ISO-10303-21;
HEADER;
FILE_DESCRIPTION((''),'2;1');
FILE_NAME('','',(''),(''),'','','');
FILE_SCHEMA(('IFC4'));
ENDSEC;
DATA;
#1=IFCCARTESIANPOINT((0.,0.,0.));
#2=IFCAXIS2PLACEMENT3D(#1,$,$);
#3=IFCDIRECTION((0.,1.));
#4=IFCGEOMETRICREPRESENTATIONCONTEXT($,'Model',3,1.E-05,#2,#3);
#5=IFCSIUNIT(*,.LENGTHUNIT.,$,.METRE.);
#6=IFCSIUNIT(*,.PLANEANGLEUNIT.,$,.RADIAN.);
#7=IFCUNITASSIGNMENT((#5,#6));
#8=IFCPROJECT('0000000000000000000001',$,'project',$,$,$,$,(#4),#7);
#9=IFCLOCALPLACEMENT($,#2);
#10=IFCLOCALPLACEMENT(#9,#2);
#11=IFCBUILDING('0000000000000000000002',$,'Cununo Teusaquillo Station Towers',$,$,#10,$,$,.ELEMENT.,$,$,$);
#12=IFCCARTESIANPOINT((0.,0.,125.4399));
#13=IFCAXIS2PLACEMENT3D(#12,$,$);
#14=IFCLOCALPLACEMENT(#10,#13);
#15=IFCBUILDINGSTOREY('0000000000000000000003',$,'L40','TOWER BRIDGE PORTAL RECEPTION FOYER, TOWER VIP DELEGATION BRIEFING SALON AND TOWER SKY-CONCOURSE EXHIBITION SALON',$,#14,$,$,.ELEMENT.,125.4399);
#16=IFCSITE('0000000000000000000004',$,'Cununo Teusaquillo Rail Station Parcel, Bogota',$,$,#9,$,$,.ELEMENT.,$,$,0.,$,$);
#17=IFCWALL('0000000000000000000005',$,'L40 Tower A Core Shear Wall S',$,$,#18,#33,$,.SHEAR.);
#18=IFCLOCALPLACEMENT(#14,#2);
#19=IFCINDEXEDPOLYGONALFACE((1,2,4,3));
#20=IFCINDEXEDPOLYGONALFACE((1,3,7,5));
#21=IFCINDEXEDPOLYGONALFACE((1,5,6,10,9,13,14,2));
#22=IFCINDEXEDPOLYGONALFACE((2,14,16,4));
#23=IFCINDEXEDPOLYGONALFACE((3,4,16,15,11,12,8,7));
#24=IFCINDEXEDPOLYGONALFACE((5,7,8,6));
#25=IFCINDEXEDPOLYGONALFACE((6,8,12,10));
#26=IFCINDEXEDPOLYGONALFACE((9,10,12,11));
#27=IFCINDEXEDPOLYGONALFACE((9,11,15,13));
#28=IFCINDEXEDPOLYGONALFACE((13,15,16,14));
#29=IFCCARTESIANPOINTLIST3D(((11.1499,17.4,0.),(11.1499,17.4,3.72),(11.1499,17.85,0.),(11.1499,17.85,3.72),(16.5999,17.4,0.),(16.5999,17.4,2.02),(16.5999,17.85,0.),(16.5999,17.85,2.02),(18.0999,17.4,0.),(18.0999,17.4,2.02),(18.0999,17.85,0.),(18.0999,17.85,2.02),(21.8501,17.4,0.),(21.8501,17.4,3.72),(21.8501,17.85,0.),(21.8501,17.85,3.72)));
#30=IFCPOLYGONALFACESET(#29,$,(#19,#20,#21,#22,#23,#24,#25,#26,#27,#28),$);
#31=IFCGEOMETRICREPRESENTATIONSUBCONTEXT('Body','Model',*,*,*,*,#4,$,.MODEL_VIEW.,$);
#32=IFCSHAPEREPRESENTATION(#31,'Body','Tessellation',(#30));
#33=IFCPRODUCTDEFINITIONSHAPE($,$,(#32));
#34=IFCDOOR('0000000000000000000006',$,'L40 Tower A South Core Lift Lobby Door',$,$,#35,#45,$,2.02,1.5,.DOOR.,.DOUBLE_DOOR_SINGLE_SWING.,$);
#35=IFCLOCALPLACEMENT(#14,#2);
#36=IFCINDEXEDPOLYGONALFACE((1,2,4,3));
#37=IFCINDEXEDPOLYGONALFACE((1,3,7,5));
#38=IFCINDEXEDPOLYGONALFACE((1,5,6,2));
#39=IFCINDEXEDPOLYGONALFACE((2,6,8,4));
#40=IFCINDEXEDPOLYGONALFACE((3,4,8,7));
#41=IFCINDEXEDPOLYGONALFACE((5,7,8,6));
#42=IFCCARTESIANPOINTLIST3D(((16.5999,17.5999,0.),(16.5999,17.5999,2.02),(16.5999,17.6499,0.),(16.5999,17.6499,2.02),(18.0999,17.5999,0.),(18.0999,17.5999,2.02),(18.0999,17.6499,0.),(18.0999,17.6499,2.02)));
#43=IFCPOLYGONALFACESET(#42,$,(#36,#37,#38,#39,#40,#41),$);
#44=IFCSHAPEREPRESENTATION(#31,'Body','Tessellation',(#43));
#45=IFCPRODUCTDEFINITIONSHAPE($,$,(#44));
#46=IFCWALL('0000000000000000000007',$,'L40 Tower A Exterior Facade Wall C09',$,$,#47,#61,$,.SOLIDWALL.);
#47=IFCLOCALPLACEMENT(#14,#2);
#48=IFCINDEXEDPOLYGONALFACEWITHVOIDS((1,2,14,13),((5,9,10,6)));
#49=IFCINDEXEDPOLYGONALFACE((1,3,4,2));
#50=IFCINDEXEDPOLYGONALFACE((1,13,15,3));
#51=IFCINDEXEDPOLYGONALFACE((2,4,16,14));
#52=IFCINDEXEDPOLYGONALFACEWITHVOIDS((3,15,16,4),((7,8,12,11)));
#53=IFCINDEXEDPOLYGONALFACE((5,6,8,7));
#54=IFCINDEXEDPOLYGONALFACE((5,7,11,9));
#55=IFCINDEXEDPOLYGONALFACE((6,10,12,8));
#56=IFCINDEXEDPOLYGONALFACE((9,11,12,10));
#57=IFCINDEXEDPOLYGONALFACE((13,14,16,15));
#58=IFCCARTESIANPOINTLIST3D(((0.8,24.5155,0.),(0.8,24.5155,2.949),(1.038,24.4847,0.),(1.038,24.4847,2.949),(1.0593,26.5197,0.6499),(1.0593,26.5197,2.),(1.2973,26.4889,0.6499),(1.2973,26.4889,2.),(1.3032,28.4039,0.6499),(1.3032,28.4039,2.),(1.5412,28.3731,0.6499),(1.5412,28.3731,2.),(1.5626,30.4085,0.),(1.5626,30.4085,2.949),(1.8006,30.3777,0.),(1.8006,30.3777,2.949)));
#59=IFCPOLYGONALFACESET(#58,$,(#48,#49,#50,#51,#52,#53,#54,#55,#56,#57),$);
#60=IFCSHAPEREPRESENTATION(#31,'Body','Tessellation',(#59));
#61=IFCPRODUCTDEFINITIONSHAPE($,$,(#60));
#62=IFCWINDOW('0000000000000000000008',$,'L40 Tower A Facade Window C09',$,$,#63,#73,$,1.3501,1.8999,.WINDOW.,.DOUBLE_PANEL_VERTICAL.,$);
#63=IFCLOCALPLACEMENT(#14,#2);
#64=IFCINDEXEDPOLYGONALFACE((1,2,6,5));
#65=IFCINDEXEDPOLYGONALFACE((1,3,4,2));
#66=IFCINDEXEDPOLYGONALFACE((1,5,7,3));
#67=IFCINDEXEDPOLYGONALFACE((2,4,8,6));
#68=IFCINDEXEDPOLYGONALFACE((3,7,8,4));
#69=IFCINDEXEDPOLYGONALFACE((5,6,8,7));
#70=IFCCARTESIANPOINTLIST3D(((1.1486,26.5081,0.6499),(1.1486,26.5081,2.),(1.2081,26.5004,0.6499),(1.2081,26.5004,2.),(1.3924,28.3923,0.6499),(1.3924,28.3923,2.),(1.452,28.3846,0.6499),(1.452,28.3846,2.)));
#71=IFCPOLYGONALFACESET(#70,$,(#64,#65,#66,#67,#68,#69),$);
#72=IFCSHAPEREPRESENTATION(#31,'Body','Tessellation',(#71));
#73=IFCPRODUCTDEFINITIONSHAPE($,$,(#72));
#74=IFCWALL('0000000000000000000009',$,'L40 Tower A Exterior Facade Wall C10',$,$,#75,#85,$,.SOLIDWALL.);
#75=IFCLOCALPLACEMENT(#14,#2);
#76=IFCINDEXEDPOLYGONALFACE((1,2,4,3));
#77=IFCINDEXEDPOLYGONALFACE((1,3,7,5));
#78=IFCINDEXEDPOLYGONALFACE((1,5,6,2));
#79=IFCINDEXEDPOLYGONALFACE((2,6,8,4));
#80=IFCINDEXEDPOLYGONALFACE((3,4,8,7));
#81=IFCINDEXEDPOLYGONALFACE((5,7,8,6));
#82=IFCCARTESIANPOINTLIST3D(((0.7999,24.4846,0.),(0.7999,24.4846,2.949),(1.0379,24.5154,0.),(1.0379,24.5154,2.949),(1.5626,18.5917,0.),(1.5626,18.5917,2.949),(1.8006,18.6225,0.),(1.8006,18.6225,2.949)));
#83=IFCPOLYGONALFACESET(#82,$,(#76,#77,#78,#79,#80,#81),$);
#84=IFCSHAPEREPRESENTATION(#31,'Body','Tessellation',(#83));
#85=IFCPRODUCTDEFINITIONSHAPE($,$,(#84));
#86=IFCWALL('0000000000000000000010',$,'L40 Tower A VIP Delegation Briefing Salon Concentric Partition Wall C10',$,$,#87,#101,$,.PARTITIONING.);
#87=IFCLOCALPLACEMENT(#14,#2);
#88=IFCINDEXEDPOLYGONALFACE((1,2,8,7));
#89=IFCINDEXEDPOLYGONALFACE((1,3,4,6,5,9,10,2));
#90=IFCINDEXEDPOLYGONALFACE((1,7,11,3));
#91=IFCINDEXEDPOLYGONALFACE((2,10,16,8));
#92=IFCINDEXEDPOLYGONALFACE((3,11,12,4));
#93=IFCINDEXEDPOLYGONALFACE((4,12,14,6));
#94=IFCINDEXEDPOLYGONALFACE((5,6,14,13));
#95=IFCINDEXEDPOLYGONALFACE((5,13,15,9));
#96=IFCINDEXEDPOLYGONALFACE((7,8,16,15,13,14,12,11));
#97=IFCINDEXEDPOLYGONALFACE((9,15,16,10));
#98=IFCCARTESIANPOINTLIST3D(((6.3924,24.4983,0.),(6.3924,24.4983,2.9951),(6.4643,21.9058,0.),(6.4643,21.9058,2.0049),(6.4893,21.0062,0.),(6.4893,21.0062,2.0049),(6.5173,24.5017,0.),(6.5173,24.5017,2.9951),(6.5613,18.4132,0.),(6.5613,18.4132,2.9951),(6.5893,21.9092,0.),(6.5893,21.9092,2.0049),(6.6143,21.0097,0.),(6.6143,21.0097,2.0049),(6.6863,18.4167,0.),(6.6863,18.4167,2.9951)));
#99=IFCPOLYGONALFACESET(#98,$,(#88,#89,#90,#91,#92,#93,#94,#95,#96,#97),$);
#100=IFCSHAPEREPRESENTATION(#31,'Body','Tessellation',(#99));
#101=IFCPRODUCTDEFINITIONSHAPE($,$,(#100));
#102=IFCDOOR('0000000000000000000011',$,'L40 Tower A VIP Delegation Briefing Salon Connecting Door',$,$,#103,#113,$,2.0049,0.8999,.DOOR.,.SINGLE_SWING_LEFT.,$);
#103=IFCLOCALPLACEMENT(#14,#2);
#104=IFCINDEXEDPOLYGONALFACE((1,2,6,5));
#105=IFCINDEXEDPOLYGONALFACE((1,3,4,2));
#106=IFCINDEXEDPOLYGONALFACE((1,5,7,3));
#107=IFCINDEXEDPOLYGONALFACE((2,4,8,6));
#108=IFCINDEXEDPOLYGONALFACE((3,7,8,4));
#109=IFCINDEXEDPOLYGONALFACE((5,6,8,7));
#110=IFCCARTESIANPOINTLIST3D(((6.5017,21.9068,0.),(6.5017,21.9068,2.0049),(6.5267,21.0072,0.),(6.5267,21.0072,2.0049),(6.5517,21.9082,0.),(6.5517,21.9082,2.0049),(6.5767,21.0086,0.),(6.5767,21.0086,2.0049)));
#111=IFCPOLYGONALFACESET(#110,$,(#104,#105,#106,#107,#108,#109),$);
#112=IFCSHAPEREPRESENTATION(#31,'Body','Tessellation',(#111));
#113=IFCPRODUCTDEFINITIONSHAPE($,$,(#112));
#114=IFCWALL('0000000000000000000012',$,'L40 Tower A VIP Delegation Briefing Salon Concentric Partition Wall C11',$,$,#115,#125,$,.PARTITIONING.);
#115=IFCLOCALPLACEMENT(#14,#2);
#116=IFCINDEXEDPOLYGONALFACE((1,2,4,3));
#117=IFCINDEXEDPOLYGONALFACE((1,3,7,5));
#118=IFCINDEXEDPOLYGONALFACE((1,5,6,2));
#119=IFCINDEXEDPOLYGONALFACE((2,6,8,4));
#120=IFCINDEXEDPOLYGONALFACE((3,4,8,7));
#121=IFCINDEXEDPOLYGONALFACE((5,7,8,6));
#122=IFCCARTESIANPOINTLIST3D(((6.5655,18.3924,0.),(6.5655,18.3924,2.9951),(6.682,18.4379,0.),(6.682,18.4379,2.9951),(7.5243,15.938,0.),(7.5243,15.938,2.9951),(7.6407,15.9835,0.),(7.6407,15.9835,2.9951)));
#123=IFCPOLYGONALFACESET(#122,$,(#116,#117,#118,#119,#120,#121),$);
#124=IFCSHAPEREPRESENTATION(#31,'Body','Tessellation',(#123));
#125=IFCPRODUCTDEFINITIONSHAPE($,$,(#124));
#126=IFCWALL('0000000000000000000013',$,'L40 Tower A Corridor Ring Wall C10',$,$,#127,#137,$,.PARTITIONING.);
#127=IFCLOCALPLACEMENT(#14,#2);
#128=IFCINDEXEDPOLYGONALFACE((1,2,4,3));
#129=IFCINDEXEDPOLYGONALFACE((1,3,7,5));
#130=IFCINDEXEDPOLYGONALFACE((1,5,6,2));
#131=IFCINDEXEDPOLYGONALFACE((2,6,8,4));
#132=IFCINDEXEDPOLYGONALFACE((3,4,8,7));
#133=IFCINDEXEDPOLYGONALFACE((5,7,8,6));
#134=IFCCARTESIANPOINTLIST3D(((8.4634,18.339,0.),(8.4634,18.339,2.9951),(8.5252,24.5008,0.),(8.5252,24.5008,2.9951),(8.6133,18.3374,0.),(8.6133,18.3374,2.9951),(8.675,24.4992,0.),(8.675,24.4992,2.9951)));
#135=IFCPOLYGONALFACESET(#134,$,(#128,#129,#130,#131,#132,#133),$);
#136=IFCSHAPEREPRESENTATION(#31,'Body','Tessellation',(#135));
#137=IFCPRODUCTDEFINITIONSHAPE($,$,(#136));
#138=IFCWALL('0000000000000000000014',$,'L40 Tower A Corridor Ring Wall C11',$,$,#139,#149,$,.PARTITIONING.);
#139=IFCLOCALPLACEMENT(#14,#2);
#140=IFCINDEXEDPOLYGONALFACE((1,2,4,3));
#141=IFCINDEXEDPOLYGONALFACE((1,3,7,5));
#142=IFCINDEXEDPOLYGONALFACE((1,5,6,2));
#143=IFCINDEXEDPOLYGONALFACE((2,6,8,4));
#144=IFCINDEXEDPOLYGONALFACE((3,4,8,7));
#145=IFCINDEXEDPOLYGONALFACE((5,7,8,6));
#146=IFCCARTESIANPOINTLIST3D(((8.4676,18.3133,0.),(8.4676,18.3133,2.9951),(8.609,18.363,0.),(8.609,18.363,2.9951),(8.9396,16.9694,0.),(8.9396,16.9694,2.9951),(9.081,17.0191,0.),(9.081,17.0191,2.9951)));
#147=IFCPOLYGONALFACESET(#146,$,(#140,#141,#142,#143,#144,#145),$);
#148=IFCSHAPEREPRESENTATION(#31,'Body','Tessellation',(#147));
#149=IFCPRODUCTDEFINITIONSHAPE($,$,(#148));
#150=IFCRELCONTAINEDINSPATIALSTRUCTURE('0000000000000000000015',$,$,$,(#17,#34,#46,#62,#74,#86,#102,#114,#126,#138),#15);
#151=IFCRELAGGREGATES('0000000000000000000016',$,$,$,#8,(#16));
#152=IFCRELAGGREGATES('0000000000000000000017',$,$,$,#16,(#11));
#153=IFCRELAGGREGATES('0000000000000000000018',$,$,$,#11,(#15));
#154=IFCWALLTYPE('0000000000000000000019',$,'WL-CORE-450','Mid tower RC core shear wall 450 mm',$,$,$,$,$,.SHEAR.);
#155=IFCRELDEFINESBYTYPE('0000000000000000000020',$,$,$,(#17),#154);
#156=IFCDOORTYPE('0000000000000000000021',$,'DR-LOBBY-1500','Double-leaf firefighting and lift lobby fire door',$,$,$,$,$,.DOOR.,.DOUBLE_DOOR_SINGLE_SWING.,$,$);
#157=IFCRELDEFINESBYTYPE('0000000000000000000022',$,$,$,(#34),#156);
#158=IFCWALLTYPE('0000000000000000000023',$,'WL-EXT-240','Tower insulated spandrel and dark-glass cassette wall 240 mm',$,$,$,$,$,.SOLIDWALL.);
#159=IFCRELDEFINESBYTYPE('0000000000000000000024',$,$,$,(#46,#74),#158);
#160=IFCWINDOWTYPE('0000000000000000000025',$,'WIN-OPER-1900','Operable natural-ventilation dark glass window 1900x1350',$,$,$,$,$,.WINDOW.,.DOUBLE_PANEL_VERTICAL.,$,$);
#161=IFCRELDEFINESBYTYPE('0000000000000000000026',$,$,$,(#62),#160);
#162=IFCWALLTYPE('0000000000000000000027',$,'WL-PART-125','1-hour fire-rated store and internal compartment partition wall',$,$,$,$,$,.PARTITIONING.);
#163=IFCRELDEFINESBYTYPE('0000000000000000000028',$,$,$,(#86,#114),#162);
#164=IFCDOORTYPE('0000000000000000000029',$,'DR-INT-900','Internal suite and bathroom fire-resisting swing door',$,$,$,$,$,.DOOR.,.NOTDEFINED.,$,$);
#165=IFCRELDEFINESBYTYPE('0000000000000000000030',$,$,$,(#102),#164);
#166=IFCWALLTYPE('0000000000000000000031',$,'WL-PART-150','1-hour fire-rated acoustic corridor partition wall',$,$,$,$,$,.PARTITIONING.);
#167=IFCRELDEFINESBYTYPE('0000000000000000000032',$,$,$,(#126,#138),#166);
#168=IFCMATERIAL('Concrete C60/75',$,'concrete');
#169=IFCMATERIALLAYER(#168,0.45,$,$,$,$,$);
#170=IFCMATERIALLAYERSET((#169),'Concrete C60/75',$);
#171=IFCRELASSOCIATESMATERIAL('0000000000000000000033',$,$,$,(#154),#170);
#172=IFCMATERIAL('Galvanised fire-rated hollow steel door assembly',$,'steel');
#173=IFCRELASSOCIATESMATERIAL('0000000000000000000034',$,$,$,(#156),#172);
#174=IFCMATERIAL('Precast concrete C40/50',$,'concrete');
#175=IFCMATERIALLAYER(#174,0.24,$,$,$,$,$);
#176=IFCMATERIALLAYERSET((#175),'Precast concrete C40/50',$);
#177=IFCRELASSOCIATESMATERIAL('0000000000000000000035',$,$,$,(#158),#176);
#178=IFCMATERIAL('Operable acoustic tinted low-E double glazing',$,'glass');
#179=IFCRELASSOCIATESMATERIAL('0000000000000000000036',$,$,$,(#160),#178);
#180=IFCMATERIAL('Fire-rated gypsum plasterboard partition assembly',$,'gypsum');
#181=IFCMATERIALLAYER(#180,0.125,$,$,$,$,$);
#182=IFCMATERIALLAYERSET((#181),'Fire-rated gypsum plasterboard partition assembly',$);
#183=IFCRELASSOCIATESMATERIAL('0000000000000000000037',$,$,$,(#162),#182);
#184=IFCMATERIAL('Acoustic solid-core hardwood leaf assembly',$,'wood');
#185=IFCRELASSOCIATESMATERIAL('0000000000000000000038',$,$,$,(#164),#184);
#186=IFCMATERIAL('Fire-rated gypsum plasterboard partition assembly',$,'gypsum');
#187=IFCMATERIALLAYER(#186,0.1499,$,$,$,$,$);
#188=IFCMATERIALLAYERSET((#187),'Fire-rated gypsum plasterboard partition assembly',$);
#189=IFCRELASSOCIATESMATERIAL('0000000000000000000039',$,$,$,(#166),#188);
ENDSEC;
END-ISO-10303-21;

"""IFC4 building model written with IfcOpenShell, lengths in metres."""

from ifc_helpers import new_model, si_unit, direction, frame, frame_2d, origin, place, context, subcontext, project, spatial, rectangle, extrude, source, transform, mapped, material, layer, layer_set, type_object, element, fill, save


model = new_model("IFC4")

# Units and contexts
model_context = context("Model", 3, precision=1e-05, world=origin(), true_north=direction((0.0, 1.0)))
body_context = subcontext(model_context, "Body", "Model", "MODEL_VIEW")
ifc_project = project(units=[si_unit("LENGTHUNIT", "METRE"), si_unit("PLANEANGLEUNIT", "RADIAN")], contexts=[model_context])

# Site, building, storey
site_placement = place(None, origin())
site = spatial("IfcSite", under=ifc_project, at=site_placement, Name="Cununo Teusaquillo Rail Station Parcel, Bogota", CompositionType="ELEMENT", RefElevation=0.0)
building_placement = place(site_placement, origin())
building = spatial("IfcBuilding", under=site, at=building_placement, Name="Cununo Teusaquillo Station Towers", CompositionType="ELEMENT")
storey_placement = place(building_placement, frame((0.0, 0.0, 125.4399)))
storey = spatial("IfcBuildingStorey", under=building, at=storey_placement, Name="L40", Description="TOWER BRIDGE PORTAL RECEPTION FOYER, TOWER VIP DELEGATION BRIEFING SALON AND TOWER SKY-CONCOURSE EXHIBITION SALON", CompositionType="ELEMENT", Elevation=125.4399)

# Wall, opening, door
ifc_material_1 = material(Name="Concrete C60/75", Category="concrete")
ifc_layer_1 = layer(ifc_material_1, 0.45)
ifc_layer_set_1 = layer_set([ifc_layer_1], Name="Concrete C60/75")
wall_type_1 = type_object("IfcWallType", Name="WL-CORE-450", Description="Mid tower RC core shear wall 450 mm", PredefinedType="SHEAR", material=ifc_layer_set_1)
wall_1_placement = place(storey_placement, frame((11.1499, 17.625, 0.0), z_axis=(0.0, 0.0, 1.0), x_axis=(1.0, 0.0, 0.0)))
wall_1 = element("IfcWall", 1, at=wall_1_placement, inside=storey, type_object=wall_type_1, Name="L40 Tower A Core Shear Wall S", PredefinedType="SHEAR", context=body_context, shape_type="SweptSolid", body=[
    extrude(rectangle(XDim=10.7002, YDim=0.45, at=frame_2d((5.3501, 0.0))), origin(), (0.0, 0.0, 1.0), 3.72),
])
shared_shape_1 = source(origin(), body_context, "Body", "SweptSolid", [
    extrude(rectangle(XDim=1.5, YDim=2.02, at=frame_2d((0.75, 1.01))), frame((0.0, 0.2349, 0.0), z_axis=(0.0, -1.0, 0.0), x_axis=(1.0, 0.0, 0.0)), (0.0, 0.0, 1.0), 0.47),
])
opening_1_placement = place(wall_1_placement, frame((5.45, 0.0, 0.0)))
opening_1 = element("IfcOpeningElement", 2, at=opening_1_placement, cuts=wall_1, PredefinedType="OPENING", context=body_context, shape_type="MappedRepresentation", body=[
    mapped(shared_shape_1, transform((0.0, 0.0, 0.0), x_axis=(1.0, 0.0, 0.0), y_axis=(0.0, 1.0, 0.0), z_axis=(0.0, 0.0, 1.0), scale=1.0)),
])
ifc_material_2 = material(Name="Galvanised fire-rated hollow steel door assembly", Category="steel")
door_type_1 = type_object("IfcDoorType", Name="DR-LOBBY-1500", Description="Double-leaf firefighting and lift lobby fire door", OperationType="DOUBLE_DOOR_SINGLE_SWING", PredefinedType="DOOR", material=ifc_material_2)
shared_shape_2 = source(origin(), body_context, "Body", "SweptSolid", [
    extrude(rectangle(XDim=1.5, YDim=2.02, at=frame_2d((0.75, 1.01))), frame((0.0, 0.0249, 0.0), z_axis=(0.0, -1.0, 0.0), x_axis=(1.0, 0.0, 0.0)), (0.0, 0.0, 1.0), 0.05),
])
door_1_placement = place(opening_1_placement, origin())
door_1 = element("IfcDoor", 3, at=door_1_placement, inside=storey, type_object=door_type_1, Name="L40 Tower A South Core Lift Lobby Door", OperationType="DOUBLE_DOOR_SINGLE_SWING", OverallHeight=2.02, OverallWidth=1.5, PredefinedType="DOOR", context=body_context, shape_type="MappedRepresentation", body=[
    mapped(shared_shape_2, transform((0.0, 0.0, 0.0), x_axis=(1.0, 0.0, 0.0), y_axis=(0.0, 1.0, 0.0), z_axis=(0.0, 0.0, 1.0), scale=1.0)),
])
fill(opening_1, door_1)

# Wall, opening, window
ifc_material_3 = material(Name="Precast concrete C40/50", Category="concrete")
ifc_layer_2 = layer(ifc_material_3, 0.24)
ifc_layer_set_2 = layer_set([ifc_layer_2], Name="Precast concrete C40/50")
wall_type_2 = type_object("IfcWallType", Name="WL-EXT-240", Description="Tower insulated spandrel and dark-glass cassette wall 240 mm", PredefinedType="SOLIDWALL", material=ifc_layer_set_2)
wall_2_placement = place(storey_placement, frame((0.9189, 24.5, 0.0), z_axis=(0.0, 0.0, 1.0), x_axis=(0.128352, 0.991729, 0.0)))
wall_2 = element("IfcWall", 4, at=wall_2_placement, inside=storey, type_object=wall_type_2, Name="L40 Tower A Exterior Facade Wall C09", PredefinedType="SOLIDWALL", context=body_context, shape_type="SweptSolid", body=[
    extrude(rectangle(XDim=5.9421, YDim=0.24, at=frame_2d((2.9712, 0.0))), origin(), (0.0, 0.0, 1.0), 2.949),
])
shared_shape_3 = source(origin(), body_context, "Body", "SweptSolid", [
    extrude(rectangle(XDim=1.8999, YDim=1.3501, at=frame_2d((0.95, 0.675))), frame((0.0, 0.1299, 0.0), z_axis=(0.0, -1.0, 0.0), x_axis=(1.0, 0.0, 0.0)), (0.0, 0.0, 1.0), 0.26),
])
opening_2_placement = place(wall_2_placement, frame((2.021, 0.0, 0.6499)))
opening_2 = element("IfcOpeningElement", 5, at=opening_2_placement, cuts=wall_2, PredefinedType="OPENING", context=body_context, shape_type="MappedRepresentation", body=[
    mapped(shared_shape_3, transform((0.0, 0.0, 0.0), x_axis=(1.0, 0.0, 0.0), y_axis=(0.0, 1.0, 0.0), z_axis=(0.0, 0.0, 1.0), scale=1.0)),
])
ifc_material_4 = material(Name="Operable acoustic tinted low-E double glazing", Category="glass")
window_type = type_object("IfcWindowType", Name="WIN-OPER-1900", Description="Operable natural-ventilation dark glass window 1900x1350", PartitioningType="DOUBLE_PANEL_VERTICAL", PredefinedType="WINDOW", material=ifc_material_4)
shared_shape_4 = source(origin(), body_context, "Body", "SweptSolid", [
    extrude(rectangle(XDim=1.8999, YDim=1.3501, at=frame_2d((0.95, 0.675))), frame((0.0, 0.03, 0.0), z_axis=(0.0, -1.0, 0.0), x_axis=(1.0, 0.0, 0.0)), (0.0, 0.0, 1.0), 0.0601),
])
window_placement = place(opening_2_placement, origin())
window = element("IfcWindow", 6, at=window_placement, inside=storey, type_object=window_type, Name="L40 Tower A Facade Window C09", OverallHeight=1.3501, OverallWidth=1.8999, PartitioningType="DOUBLE_PANEL_VERTICAL", PredefinedType="WINDOW", context=body_context, shape_type="MappedRepresentation", body=[
    mapped(shared_shape_4, transform((0.0, 0.0, 0.0), x_axis=(1.0, 0.0, 0.0), y_axis=(0.0, 1.0, 0.0), z_axis=(0.0, 0.0, 1.0), scale=1.0)),
])
fill(opening_2, window)

# Wall
wall_3_placement = place(storey_placement, frame((1.6816, 18.6069, 0.0), z_axis=(0.0, 0.0, 1.0), x_axis=(-0.128352, 0.991729, 0.0)))
element("IfcWall", 7, at=wall_3_placement, inside=storey, type_object=wall_type_2, Name="L40 Tower A Exterior Facade Wall C10", PredefinedType="SOLIDWALL", context=body_context, shape_type="SweptSolid", body=[
    extrude(rectangle(XDim=5.9421, YDim=0.24, at=frame_2d((2.9712, 0.0))), origin(), (0.0, 0.0, 1.0), 2.949),
])

# Wall, opening, door
ifc_material_5 = material(Name="Fire-rated gypsum plasterboard partition assembly", Category="gypsum")
ifc_layer_3 = layer(ifc_material_5, 0.125)
ifc_layer_set_3 = layer_set([ifc_layer_3], Name="Fire-rated gypsum plasterboard partition assembly")
wall_type_3 = type_object("IfcWallType", Name="WL-PART-125", Description="1-hour fire-rated store and internal compartment partition wall", PredefinedType="PARTITIONING", material=ifc_layer_set_3)
wall_4_placement = place(storey_placement, frame((6.4548, 24.5, 0.0), z_axis=(0.0, 0.0, 1.0), x_axis=(0.027754, -0.999615, 0.0)))
wall_4 = element("IfcWall", 8, at=wall_4_placement, inside=storey, type_object=wall_type_3, Name="L40 Tower A VIP Delegation Briefing Salon Concentric Partition Wall C10", PredefinedType="PARTITIONING", context=body_context, shape_type="SweptSolid", body=[
    extrude(rectangle(XDim=6.0874, YDim=0.125, at=frame_2d((3.0437, 0.0))), origin(), (0.0, 0.0, 1.0), 2.9951),
])
shared_shape_5 = source(origin(), body_context, "Body", "SweptSolid", [
    extrude(rectangle(XDim=0.8999, YDim=2.0049, at=frame_2d((0.45, 1.0024))), frame((0.0, 0.0725, 0.0), z_axis=(0.0, -1.0, 0.0), x_axis=(1.0, 0.0, 0.0)), (0.0, 0.0, 1.0), 0.145),
])
opening_3_placement = place(wall_4_placement, frame((2.5935, 0.0, 0.0)))
opening_3 = element("IfcOpeningElement", 9, at=opening_3_placement, cuts=wall_4, PredefinedType="OPENING", context=body_context, shape_type="MappedRepresentation", body=[
    mapped(shared_shape_5, transform((0.0, 0.0, 0.0), x_axis=(1.0, 0.0, 0.0), y_axis=(0.0, 1.0, 0.0), z_axis=(0.0, 0.0, 1.0), scale=1.0)),
])
ifc_material_6 = material(Name="Acoustic solid-core hardwood leaf assembly", Category="wood")
door_type_2 = type_object("IfcDoorType", Name="DR-INT-900", Description="Internal suite and bathroom fire-resisting swing door", OperationType="NOTDEFINED", PredefinedType="DOOR", material=ifc_material_6)
shared_shape_6 = source(origin(), body_context, "Body", "SweptSolid", [
    extrude(rectangle(XDim=0.8999, YDim=2.0049, at=frame_2d((0.45, 1.0024))), frame((0.0, 0.0249, 0.0), z_axis=(0.0, -1.0, 0.0), x_axis=(1.0, 0.0, 0.0)), (0.0, 0.0, 1.0), 0.05),
])
door_2_placement = place(opening_3_placement, origin())
door_2 = element("IfcDoor", 10, at=door_2_placement, inside=storey, type_object=door_type_2, Name="L40 Tower A VIP Delegation Briefing Salon Connecting Door", OperationType="SINGLE_SWING_LEFT", OverallHeight=2.0049, OverallWidth=0.8999, PredefinedType="DOOR", context=body_context, shape_type="MappedRepresentation", body=[
    mapped(shared_shape_6, transform((0.0, 0.0, 0.0), x_axis=(1.0, 0.0, 0.0), y_axis=(0.0, 1.0, 0.0), z_axis=(0.0, 0.0, 1.0), scale=1.0)),
])
fill(opening_3, door_2)

# Walls
wall_5_placement = place(storey_placement, frame((6.6238, 18.415, 0.0), z_axis=(0.0, 0.0, 1.0), x_axis=(0.363854, -0.931456, 0.0)))
element("IfcWall", 11, at=wall_5_placement, inside=storey, type_object=wall_type_3, Name="L40 Tower A VIP Delegation Briefing Salon Concentric Partition Wall C11", PredefinedType="PARTITIONING", context=body_context, shape_type="SweptSolid", body=[
    extrude(rectangle(XDim=2.635, YDim=0.125, at=frame_2d((1.3174, 0.0))), origin(), (0.0, 0.0, 1.0), 2.9951),
])
ifc_material_7 = material(Name="Fire-rated gypsum plasterboard partition assembly", Category="gypsum")
ifc_layer_4 = layer(ifc_material_7, 0.1499)
ifc_layer_set_4 = layer_set([ifc_layer_4], Name="Fire-rated gypsum plasterboard partition assembly")
wall_type_4 = type_object("IfcWallType", Name="WL-PART-150", Description="1-hour fire-rated acoustic corridor partition wall", PredefinedType="PARTITIONING", material=ifc_layer_set_4)
wall_6_placement = place(storey_placement, frame((8.6001, 24.5, 0.0), z_axis=(0.0, 0.0, 1.0), x_axis=(-0.010024, -0.99995, 0.0)))
element("IfcWall", 12, at=wall_6_placement, inside=storey, type_object=wall_type_4, Name="L40 Tower A Corridor Ring Wall C10", PredefinedType="PARTITIONING", context=body_context, shape_type="SweptSolid", body=[
    extrude(rectangle(XDim=6.1621, YDim=0.1499, at=frame_2d((3.0811, 0.0))), origin(), (0.0, 0.0, 1.0), 2.9951),
])
wall_7_placement = place(storey_placement, frame((8.5383, 18.3381, 0.0), z_axis=(0.0, 0.0, 1.0), x_axis=(0.331358, -0.943505, 0.0)))
element("IfcWall", 13, at=wall_7_placement, inside=storey, type_object=wall_type_4, Name="L40 Tower A Corridor Ring Wall C11", PredefinedType="PARTITIONING", context=body_context, shape_type="SweptSolid", body=[
    extrude(rectangle(XDim=1.4243, YDim=0.1499, at=frame_2d((0.7122, 0.0))), origin(), (0.0, 0.0, 1.0), 2.9951),
])

save(model, "model.ifc")
